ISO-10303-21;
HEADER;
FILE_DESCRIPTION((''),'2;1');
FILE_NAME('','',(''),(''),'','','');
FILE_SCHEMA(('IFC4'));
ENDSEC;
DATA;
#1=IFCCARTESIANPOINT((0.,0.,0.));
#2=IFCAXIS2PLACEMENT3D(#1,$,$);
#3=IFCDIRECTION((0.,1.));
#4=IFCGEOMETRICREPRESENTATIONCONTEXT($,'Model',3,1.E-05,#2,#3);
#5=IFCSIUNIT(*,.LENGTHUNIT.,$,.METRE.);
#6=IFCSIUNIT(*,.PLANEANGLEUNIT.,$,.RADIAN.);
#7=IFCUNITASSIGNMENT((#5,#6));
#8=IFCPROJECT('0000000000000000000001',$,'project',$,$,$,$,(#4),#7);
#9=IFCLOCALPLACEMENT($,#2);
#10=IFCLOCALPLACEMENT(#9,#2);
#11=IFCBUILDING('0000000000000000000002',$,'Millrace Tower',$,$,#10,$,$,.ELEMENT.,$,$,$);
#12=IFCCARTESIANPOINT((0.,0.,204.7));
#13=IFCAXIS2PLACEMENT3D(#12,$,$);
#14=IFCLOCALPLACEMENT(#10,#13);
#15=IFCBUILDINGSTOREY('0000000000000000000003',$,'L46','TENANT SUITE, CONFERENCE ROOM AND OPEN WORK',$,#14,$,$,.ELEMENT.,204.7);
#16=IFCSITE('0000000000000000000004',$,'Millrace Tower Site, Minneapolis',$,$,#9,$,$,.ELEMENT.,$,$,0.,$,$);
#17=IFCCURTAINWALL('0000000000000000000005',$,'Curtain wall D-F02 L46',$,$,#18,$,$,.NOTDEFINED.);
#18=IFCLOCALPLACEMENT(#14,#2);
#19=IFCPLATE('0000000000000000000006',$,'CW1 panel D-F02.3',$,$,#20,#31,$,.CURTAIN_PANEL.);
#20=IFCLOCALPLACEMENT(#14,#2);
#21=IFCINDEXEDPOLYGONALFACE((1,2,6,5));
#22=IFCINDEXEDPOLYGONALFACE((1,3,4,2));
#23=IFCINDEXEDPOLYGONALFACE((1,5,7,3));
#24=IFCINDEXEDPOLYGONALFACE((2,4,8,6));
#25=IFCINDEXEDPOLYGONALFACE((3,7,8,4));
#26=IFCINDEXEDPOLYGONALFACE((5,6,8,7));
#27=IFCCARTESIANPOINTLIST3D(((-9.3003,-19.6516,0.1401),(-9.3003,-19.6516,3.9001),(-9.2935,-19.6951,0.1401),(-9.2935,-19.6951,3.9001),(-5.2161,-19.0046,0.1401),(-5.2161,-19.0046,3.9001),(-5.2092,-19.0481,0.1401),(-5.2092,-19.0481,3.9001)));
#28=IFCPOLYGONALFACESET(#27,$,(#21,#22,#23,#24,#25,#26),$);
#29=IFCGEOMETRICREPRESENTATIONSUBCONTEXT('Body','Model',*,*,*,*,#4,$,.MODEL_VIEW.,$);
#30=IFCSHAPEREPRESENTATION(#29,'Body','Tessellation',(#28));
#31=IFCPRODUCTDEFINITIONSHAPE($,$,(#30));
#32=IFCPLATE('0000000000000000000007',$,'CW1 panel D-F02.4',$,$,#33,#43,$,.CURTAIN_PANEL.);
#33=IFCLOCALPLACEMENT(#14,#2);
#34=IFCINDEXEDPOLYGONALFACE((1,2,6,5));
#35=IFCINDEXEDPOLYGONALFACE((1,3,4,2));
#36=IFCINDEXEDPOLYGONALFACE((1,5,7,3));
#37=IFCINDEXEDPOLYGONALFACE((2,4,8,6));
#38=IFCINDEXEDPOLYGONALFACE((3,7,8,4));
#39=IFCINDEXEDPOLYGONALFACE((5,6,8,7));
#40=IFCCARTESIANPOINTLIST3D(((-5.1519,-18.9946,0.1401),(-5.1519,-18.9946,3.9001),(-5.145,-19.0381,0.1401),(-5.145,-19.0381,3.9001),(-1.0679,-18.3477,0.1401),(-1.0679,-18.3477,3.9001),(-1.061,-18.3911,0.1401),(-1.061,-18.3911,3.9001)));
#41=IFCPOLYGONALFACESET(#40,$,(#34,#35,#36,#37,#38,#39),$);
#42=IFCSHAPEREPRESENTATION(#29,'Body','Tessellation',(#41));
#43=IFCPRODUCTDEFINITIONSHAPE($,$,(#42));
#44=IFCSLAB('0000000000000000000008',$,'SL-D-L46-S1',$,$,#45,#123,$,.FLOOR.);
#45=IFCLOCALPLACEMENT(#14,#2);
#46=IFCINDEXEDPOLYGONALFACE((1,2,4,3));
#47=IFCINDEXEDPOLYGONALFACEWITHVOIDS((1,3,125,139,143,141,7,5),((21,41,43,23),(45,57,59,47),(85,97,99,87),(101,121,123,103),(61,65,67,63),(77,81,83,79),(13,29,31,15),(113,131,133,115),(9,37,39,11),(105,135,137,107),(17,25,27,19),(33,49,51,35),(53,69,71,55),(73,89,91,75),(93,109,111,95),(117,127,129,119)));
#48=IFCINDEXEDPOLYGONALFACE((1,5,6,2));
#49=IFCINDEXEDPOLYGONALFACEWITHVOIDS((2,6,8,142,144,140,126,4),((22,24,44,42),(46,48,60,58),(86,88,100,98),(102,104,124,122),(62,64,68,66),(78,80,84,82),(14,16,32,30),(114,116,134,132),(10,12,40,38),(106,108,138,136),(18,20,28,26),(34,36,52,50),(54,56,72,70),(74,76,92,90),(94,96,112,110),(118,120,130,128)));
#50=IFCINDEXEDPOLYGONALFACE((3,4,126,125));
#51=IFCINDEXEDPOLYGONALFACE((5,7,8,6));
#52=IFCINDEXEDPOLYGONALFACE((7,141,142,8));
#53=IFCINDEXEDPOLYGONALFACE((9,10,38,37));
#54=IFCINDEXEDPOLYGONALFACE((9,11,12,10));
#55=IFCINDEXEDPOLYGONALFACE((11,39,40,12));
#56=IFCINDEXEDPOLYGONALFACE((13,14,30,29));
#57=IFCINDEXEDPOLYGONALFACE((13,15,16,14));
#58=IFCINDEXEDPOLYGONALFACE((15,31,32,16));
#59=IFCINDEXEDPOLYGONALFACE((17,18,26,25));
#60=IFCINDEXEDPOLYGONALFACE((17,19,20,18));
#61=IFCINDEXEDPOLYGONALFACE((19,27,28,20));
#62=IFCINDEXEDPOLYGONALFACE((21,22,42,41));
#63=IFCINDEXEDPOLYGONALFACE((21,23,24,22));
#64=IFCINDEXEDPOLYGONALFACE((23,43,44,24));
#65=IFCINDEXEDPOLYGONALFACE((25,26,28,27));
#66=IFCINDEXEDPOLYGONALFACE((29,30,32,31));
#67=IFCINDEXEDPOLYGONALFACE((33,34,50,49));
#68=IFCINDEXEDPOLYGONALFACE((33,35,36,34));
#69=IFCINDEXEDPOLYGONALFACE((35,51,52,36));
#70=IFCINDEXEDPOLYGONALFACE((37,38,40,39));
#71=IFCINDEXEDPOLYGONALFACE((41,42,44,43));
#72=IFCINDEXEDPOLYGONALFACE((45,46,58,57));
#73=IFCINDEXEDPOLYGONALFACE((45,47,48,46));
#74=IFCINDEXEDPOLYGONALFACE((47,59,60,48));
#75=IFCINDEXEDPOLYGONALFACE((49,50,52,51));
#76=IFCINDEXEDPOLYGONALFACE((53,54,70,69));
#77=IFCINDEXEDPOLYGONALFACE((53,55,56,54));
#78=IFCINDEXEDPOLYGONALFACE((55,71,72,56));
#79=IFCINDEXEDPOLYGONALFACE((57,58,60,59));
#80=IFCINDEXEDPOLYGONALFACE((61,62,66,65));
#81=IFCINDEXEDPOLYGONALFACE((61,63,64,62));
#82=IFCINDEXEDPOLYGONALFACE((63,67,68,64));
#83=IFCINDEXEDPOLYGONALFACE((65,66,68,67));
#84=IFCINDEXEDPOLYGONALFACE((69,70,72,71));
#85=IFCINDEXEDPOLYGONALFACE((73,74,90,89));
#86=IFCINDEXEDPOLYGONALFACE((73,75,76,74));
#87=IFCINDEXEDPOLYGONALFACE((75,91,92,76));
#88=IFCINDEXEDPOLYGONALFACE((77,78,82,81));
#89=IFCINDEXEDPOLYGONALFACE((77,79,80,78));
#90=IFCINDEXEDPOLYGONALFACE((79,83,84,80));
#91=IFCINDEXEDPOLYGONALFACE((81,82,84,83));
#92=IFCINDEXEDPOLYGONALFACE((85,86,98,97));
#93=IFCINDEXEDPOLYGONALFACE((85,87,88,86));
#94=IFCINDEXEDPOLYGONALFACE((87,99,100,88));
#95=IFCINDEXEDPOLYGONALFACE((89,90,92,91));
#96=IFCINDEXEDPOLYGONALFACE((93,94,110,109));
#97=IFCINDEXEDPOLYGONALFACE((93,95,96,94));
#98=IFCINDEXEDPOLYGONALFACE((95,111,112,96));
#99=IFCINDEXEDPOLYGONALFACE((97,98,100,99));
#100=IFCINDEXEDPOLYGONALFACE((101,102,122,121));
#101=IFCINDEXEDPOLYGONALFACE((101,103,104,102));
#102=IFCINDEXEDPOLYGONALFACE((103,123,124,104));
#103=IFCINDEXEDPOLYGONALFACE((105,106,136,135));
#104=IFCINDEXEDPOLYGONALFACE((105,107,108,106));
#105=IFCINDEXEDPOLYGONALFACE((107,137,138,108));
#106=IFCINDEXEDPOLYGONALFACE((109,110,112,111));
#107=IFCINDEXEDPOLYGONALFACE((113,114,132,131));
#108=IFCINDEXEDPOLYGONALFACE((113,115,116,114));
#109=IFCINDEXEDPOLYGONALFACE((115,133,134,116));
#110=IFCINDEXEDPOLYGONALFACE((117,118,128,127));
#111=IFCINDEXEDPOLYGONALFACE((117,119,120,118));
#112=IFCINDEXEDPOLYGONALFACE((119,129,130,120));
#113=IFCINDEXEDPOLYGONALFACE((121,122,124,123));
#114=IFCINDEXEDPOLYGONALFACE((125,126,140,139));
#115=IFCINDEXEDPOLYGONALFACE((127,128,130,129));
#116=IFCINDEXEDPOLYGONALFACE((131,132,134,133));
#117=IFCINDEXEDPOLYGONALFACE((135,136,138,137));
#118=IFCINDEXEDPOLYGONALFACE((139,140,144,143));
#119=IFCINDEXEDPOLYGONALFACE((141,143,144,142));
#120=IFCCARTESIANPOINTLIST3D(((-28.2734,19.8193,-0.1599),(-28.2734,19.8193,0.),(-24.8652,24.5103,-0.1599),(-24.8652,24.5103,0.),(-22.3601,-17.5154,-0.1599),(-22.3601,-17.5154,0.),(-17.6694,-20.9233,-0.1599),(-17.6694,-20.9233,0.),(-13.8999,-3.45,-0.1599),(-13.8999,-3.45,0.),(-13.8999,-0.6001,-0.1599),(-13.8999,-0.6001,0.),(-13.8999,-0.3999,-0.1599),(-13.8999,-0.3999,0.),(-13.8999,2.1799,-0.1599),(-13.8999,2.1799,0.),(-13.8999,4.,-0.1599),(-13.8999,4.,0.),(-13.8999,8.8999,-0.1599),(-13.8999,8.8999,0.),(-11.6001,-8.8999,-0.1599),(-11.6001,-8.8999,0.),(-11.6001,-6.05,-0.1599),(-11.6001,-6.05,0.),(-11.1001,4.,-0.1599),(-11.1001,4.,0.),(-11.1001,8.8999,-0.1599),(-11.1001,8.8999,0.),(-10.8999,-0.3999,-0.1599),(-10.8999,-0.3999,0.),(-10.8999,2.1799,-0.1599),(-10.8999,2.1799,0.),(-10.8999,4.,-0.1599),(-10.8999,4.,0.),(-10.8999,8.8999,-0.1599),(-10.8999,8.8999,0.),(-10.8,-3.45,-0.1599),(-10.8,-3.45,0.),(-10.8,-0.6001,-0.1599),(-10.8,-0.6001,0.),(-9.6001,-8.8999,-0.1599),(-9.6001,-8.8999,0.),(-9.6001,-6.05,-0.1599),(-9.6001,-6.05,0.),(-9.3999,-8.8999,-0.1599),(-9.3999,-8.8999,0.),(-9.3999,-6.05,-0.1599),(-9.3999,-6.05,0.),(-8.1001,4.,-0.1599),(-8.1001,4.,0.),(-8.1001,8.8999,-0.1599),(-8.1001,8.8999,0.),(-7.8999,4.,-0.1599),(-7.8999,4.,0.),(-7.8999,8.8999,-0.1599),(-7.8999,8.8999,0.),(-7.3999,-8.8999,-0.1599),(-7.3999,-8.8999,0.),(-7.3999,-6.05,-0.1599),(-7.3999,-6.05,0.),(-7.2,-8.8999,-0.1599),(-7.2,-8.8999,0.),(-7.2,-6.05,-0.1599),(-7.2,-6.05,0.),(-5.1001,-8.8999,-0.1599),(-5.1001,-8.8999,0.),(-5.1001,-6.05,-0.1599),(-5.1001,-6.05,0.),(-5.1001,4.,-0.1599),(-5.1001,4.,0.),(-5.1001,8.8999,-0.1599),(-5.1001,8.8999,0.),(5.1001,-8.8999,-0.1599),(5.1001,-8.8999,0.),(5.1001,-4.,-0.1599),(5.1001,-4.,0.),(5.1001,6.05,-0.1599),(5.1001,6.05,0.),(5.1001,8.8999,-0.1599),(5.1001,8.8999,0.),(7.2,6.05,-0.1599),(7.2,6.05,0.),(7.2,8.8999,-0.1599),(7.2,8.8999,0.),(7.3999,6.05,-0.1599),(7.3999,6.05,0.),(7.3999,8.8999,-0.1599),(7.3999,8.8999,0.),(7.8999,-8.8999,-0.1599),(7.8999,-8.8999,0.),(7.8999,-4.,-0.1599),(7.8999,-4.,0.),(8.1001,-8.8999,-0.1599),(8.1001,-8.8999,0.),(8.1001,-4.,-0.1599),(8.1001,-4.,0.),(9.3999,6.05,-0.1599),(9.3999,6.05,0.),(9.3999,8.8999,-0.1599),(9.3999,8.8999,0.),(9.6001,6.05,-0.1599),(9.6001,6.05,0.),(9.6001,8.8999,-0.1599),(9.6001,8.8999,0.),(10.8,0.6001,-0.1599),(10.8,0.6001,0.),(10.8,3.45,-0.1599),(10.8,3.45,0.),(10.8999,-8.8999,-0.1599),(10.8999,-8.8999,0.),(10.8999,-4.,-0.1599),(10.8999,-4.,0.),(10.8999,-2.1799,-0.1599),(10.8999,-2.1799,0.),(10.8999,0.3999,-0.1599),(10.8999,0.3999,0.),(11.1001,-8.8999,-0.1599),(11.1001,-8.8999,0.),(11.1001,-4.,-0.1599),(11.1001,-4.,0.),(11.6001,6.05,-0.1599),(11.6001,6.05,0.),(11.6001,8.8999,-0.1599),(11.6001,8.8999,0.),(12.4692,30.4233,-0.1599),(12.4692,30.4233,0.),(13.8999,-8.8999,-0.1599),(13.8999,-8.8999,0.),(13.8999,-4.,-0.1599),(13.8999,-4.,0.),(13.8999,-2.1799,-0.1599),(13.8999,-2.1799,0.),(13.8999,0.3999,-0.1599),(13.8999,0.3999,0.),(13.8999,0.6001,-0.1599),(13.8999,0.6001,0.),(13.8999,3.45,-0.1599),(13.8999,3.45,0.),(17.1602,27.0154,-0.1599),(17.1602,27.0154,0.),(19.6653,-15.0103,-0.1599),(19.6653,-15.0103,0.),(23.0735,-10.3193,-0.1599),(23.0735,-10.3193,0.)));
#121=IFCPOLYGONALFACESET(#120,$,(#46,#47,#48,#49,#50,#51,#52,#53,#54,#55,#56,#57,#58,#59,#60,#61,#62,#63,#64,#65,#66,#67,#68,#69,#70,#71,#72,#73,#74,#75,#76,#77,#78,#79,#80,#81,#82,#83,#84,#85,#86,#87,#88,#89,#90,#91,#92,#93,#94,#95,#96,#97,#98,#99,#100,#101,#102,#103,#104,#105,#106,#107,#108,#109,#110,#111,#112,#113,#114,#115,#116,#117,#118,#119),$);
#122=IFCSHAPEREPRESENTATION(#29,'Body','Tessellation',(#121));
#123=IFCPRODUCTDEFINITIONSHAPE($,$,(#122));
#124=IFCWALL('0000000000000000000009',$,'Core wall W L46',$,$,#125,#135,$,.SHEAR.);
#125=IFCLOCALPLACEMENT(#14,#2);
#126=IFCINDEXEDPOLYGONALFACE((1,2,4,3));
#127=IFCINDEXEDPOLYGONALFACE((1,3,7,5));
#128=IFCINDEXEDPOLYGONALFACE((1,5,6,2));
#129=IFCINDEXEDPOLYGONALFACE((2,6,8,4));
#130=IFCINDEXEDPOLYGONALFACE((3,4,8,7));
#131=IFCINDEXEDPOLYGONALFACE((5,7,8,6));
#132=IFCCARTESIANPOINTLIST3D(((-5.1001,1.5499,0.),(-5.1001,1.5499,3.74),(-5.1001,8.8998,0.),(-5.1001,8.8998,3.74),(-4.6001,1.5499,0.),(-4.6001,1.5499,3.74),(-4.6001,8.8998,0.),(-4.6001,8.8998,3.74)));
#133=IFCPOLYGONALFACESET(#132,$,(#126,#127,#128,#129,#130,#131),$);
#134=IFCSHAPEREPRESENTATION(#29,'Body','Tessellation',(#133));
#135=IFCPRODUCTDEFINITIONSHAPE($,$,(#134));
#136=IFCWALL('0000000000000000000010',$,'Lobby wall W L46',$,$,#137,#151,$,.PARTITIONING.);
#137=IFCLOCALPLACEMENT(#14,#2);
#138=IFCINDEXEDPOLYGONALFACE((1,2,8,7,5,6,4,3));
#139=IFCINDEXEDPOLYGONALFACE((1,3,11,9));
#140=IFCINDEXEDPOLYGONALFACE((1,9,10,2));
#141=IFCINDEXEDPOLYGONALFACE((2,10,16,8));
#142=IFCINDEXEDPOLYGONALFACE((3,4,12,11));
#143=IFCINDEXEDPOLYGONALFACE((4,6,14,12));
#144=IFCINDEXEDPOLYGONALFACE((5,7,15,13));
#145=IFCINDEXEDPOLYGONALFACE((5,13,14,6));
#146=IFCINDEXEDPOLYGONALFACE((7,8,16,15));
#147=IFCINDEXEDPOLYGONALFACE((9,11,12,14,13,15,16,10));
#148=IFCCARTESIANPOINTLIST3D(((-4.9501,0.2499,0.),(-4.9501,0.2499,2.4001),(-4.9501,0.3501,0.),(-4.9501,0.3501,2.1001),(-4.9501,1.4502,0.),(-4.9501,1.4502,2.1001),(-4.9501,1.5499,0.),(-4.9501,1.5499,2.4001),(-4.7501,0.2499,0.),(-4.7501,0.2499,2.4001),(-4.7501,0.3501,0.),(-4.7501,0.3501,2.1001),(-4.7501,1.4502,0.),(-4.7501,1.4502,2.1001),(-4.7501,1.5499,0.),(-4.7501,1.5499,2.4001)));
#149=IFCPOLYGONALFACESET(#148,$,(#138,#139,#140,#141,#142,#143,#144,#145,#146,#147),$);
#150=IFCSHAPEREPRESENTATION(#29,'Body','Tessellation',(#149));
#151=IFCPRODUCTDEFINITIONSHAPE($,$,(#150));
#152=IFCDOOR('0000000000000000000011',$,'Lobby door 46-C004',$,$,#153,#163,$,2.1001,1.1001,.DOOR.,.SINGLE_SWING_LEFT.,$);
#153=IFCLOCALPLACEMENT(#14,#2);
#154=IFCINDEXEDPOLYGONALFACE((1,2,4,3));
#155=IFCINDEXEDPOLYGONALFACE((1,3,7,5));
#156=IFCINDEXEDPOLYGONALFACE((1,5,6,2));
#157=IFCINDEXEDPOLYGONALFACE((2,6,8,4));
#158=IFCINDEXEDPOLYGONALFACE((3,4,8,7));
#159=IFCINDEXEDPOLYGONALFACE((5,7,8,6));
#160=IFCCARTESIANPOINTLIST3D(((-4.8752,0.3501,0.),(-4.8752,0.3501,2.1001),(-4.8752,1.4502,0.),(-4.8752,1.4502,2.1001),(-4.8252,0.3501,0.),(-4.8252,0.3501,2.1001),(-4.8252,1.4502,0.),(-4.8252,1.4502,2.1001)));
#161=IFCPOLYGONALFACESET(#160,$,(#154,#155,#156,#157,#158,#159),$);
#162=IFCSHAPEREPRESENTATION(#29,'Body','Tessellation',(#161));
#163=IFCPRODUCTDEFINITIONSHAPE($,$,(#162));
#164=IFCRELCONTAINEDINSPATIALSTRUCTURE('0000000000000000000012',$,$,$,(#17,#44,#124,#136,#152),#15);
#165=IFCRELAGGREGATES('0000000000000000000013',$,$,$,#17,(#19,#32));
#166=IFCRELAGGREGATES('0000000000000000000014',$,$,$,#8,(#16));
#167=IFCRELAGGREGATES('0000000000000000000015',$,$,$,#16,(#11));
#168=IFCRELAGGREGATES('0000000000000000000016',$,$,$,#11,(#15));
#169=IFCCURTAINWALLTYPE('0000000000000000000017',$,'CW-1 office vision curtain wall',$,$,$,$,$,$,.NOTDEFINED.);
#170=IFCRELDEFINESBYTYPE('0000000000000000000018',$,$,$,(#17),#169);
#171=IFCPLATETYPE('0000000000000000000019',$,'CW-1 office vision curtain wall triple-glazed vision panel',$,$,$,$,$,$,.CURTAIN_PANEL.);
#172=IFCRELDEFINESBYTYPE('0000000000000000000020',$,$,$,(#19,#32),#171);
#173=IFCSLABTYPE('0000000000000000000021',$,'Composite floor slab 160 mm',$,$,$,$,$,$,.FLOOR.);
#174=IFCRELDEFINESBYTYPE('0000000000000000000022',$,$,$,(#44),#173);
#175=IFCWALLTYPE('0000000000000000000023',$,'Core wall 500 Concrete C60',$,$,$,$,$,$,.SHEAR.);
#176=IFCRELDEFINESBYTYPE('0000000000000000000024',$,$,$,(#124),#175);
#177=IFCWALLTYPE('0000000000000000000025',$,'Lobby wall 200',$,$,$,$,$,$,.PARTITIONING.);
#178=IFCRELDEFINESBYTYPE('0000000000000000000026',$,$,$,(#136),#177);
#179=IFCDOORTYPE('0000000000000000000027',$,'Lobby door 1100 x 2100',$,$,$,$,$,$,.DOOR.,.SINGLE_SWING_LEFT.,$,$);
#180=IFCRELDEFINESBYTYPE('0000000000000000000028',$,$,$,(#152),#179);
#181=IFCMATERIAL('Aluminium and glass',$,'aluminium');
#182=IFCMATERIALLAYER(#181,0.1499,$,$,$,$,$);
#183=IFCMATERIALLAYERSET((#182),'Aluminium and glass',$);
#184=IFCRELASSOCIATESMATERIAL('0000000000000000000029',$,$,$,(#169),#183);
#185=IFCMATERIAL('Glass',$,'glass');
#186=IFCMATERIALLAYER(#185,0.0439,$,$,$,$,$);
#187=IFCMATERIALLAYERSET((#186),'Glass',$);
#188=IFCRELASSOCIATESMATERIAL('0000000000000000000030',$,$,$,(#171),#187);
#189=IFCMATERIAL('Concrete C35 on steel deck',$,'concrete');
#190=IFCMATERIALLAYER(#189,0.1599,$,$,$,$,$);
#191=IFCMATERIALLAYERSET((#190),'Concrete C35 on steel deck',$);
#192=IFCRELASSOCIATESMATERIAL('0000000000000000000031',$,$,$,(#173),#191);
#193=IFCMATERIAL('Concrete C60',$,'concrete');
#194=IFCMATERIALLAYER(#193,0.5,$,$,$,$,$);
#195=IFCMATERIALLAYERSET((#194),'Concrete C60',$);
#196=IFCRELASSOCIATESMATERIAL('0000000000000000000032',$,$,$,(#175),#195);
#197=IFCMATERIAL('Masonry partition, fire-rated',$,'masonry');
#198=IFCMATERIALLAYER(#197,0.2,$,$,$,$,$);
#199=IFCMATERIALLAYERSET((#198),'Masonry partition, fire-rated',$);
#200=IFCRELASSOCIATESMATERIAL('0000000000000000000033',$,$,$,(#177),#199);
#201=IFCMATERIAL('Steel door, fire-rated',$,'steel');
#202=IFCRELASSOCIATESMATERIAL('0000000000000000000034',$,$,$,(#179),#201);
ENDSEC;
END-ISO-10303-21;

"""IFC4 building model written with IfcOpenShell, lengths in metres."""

from ifc_helpers import new_model, si_unit, direction, frame, frame_2d, origin, place, context, subcontext, project, spatial, polyline, rectangle, outline, extrude, material, layer, layer_set, type_object, element, fill, aggregate, save


model = new_model("IFC4")

# Units and contexts
model_context = context("Model", 3, precision=1e-05, world=origin(), true_north=direction((0.0, 1.0)))
body_context = subcontext(model_context, "Body", "Model", "MODEL_VIEW")
ifc_project = project(units=[si_unit("LENGTHUNIT", "METRE"), si_unit("PLANEANGLEUNIT", "RADIAN")], contexts=[model_context])

# Site, building, storey
site_placement = place(None, origin())
site = spatial("IfcSite", under=ifc_project, at=site_placement, Name="Millrace Tower Site, Minneapolis", CompositionType="ELEMENT", RefElevation=0.0)
building_placement = place(site_placement, origin())
building = spatial("IfcBuilding", under=site, at=building_placement, Name="Millrace Tower", CompositionType="ELEMENT")
storey_placement = place(building_placement, frame((0.0, 0.0, 204.7)))
storey = spatial("IfcBuildingStorey", under=building, at=storey_placement, Name="L46", Description="TENANT SUITE, CONFERENCE ROOM AND OPEN WORK", CompositionType="ELEMENT", Elevation=204.7)

# Shared definitions
ifc_material_1 = material(Name="Aluminium and glass", Category="aluminium")
ifc_layer_1 = layer(ifc_material_1, 0.1499)
ifc_layer_set_1 = layer_set([ifc_layer_1], Name="Aluminium and glass")
curtain_wall_type = type_object("IfcCurtainWallType", Name="CW-1 office vision curtain wall", PredefinedType="NOTDEFINED", material=ifc_layer_set_1)
placement_1 = place(storey_placement, origin())
ifc_material_2 = material(Name="Glass", Category="glass")
ifc_layer_2 = layer(ifc_material_2, 0.0439)
ifc_layer_set_2 = layer_set([ifc_layer_2], Name="Glass")
plate_type = type_object("IfcPlateType", Name="CW-1 office vision curtain wall triple-glazed vision panel", PredefinedType="CURTAIN_PANEL", material=ifc_layer_set_2)
placement_2 = place(storey_placement, frame((0.0, 0.0, 0.1401)))

# Curtain wall, plates
curtain_wall_1 = element("IfcCurtainWall", 1, at=placement_1, inside=storey, type_object=curtain_wall_type, Name="Curtain wall D-F02 L46", PredefinedType="NOTDEFINED")
plate_1 = element("IfcPlate", 2, at=placement_2, type_object=plate_type, Name="CW1 panel D-F02.3", PredefinedType="CURTAIN_PANEL", context=body_context, shape_type="SweptSolid", body=[
    extrude(outline(polyline([(-9.2935, -19.6951), (-5.2092, -19.0481), (-5.2161, -19.0046), (-9.3003, -19.6516), (-9.2935, -19.6951)])), origin(), (0.0, 0.0, 1.0), 3.76),
])
plate_2 = element("IfcPlate", 3, at=placement_2, type_object=plate_type, Name="CW1 panel D-F02.4", PredefinedType="CURTAIN_PANEL", context=body_context, shape_type="SweptSolid", body=[
    extrude(outline(polyline([(-5.145, -19.0381), (-1.061, -18.3911), (-1.0679, -18.3477), (-5.1519, -18.9946), (-5.145, -19.0381)])), origin(), (0.0, 0.0, 1.0), 3.76),
])
aggregate(curtain_wall_1, [plate_1, plate_2])

# Slab
ifc_material_3 = material(Name="Concrete C35 on steel deck", Category="concrete")
ifc_layer_3 = layer(ifc_material_3, 0.1599)
ifc_layer_set_3 = layer_set([ifc_layer_3], Name="Concrete C35 on steel deck")
slab_type = type_object("IfcSlabType", Name="Composite floor slab 160 mm", PredefinedType="FLOOR", material=ifc_layer_set_3)
slab_placement = place(storey_placement, frame((0.0, 0.0, -0.1599)))
element("IfcSlab", 4, at=slab_placement, inside=storey, type_object=slab_type, Name="SL-D-L46-S1", PredefinedType="FLOOR", context=body_context, shape_type="SweptSolid", body=[
    extrude(outline(polyline([(-22.3601, -17.5154), (-17.6694, -20.9233), (19.6653, -15.0103), (23.0735, -10.3193), (17.1602, 27.0154), (12.4692, 30.4233), (-24.8652, 24.5103), (-28.2734, 19.8193), (-22.3601, -17.5154)]), holes=[polyline([(-11.6001, -8.8999), (-9.6001, -8.8999), (-9.6001, -6.05), (-11.6001, -6.05), (-11.6001, -8.8999)]), polyline([(-9.3999, -8.8999), (-7.3999, -8.8999), (-7.3999, -6.05), (-9.3999, -6.05), (-9.3999, -8.8999)]), polyline([(-7.2, -8.8999), (-5.1001, -8.8999), (-5.1001, -6.05), (-7.2, -6.05), (-7.2, -8.8999)]), polyline([(-13.8999, -3.45), (-10.8, -3.45), (-10.8, -0.6001), (-13.8999, -0.6001), (-13.8999, -3.45)]), polyline([(-13.8999, -0.3999), (-10.8999, -0.3999), (-10.8999, 2.1799), (-13.8999, 2.1799), (-13.8999, -0.3999)]), polyline([(-13.8999, 4.0), (-11.1001, 4.0), (-11.1001, 8.8999), (-13.8999, 8.8999), (-13.8999, 4.0)]), polyline([(-10.8999, 4.0), (-8.1001, 4.0), (-8.1001, 8.8999), (-10.8999, 8.8999), (-10.8999, 4.0)]), polyline([(-7.8999, 4.0), (-5.1001, 4.0), (-5.1001, 8.8999), (-7.8999, 8.8999), (-7.8999, 4.0)]), polyline([(9.6001, 6.05), (11.6001, 6.05), (11.6001, 8.8999), (9.6001, 8.8999), (9.6001, 6.05)]), polyline([(7.3999, 6.05), (9.3999, 6.05), (9.3999, 8.8999), (7.3999, 8.8999), (7.3999, 6.05)]), polyline([(5.1001, 6.05), (7.2, 6.05), (7.2, 8.8999), (5.1001, 8.8999), (5.1001, 6.05)]), polyline([(10.8, 0.6001), (13.8999, 0.6001), (13.8999, 3.45), (10.8, 3.45), (10.8, 0.6001)]), polyline([(10.8999, -2.1799), (13.8999, -2.1799), (13.8999, 0.3999), (10.8999, 0.3999), (10.8999, -2.1799)]), polyline([(11.1001, -8.8999), (13.8999, -8.8999), (13.8999, -4.0), (11.1001, -4.0), (11.1001, -8.8999)]), polyline([(8.1001, -8.8999), (10.8999, -8.8999), (10.8999, -4.0), (8.1001, -4.0), (8.1001, -8.8999)]), polyline([(5.1001, -8.8999), (7.8999, -8.8999), (7.8999, -4.0), (5.1001, -4.0), (5.1001, -8.8999)])]), origin(), (0.0, 0.0, 1.0), 0.1599),
])

# Wall
ifc_material_4 = material(Name="Concrete C60", Category="concrete")
ifc_layer_4 = layer(ifc_material_4, 0.5)
ifc_layer_set_4 = layer_set([ifc_layer_4], Name="Concrete C60")
wall_type_1 = type_object("IfcWallType", Name="Core wall 500 Concrete C60", PredefinedType="SHEAR", material=ifc_layer_set_4)
wall_1_placement = place(storey_placement, frame((-4.8501, 1.55, 0.0), z_axis=(0.0, 0.0, 1.0), x_axis=(0.0, 1.0, 0.0)))
element("IfcWall", 5, at=wall_1_placement, inside=storey, type_object=wall_type_1, Name="Core wall W L46", PredefinedType="SHEAR", context=body_context, shape_type="SweptSolid", body=[
    extrude(rectangle(XDim=7.3499, YDim=0.5, at=frame_2d((3.6748, 0.0))), origin(), (0.0, 0.0, 1.0), 3.74),
])

# Wall, opening, door
ifc_material_5 = material(Name="Masonry partition, fire-rated", Category="masonry")
ifc_layer_5 = layer(ifc_material_5, 0.2)
ifc_layer_set_5 = layer_set([ifc_layer_5], Name="Masonry partition, fire-rated")
wall_type_2 = type_object("IfcWallType", Name="Lobby wall 200", PredefinedType="PARTITIONING", material=ifc_layer_set_5)
wall_2_placement = place(storey_placement, frame((-4.8501, 0.25, 0.0), z_axis=(0.0, 0.0, 1.0), x_axis=(0.0, 1.0, 0.0)))
wall_2 = element("IfcWall", 6, at=wall_2_placement, inside=storey, type_object=wall_type_2, Name="Lobby wall W L46", PredefinedType="PARTITIONING", context=body_context, shape_type="SweptSolid", body=[
    extrude(rectangle(XDim=1.3, YDim=0.2, at=frame_2d((0.6499, 0.0))), origin(), (0.0, 0.0, 1.0), 2.4001),
])
opening_placement = place(wall_2_placement, frame((0.1001, 0.0, 0.0)))
opening = element("IfcOpeningElement", 7, at=opening_placement, cuts=wall_2, PredefinedType="OPENING", context=body_context, shape_type="SweptSolid", body=[
    extrude(rectangle(XDim=1.1001, YDim=2.1001, at=frame_2d((0.55, 1.05))), frame((0.0, 0.1099, 0.0), z_axis=(0.0, -1.0, 0.0), x_axis=(1.0, 0.0, 0.0)), (0.0, 0.0, 1.0), 0.22),
])
ifc_material_6 = material(Name="Steel door, fire-rated", Category="steel")
door_type = type_object("IfcDoorType", Name="Lobby door 1100 x 2100", OperationType="SINGLE_SWING_LEFT", PredefinedType="DOOR", material=ifc_material_6)
door_placement = place(opening_placement, frame((1.1001, 0.0, 0.0), z_axis=(0.0, 0.0, 1.0), x_axis=(-1.0, 0.0, 0.0)))
door = element("IfcDoor", 8, at=door_placement, inside=storey, type_object=door_type, Name="Lobby door 46-C004", OperationType="SINGLE_SWING_LEFT", OverallHeight=2.1001, OverallWidth=1.1001, PredefinedType="DOOR", context=body_context, shape_type="SweptSolid", body=[
    extrude(rectangle(XDim=1.1001, YDim=2.1001, at=frame_2d((0.55, 1.05))), frame((0.0, 0.0249, 0.0), z_axis=(0.0, -1.0, 0.0), x_axis=(1.0, 0.0, 0.0)), (0.0, 0.0, 1.0), 0.05),
])
fill(opening, door)

save(model, "model.ifc")
